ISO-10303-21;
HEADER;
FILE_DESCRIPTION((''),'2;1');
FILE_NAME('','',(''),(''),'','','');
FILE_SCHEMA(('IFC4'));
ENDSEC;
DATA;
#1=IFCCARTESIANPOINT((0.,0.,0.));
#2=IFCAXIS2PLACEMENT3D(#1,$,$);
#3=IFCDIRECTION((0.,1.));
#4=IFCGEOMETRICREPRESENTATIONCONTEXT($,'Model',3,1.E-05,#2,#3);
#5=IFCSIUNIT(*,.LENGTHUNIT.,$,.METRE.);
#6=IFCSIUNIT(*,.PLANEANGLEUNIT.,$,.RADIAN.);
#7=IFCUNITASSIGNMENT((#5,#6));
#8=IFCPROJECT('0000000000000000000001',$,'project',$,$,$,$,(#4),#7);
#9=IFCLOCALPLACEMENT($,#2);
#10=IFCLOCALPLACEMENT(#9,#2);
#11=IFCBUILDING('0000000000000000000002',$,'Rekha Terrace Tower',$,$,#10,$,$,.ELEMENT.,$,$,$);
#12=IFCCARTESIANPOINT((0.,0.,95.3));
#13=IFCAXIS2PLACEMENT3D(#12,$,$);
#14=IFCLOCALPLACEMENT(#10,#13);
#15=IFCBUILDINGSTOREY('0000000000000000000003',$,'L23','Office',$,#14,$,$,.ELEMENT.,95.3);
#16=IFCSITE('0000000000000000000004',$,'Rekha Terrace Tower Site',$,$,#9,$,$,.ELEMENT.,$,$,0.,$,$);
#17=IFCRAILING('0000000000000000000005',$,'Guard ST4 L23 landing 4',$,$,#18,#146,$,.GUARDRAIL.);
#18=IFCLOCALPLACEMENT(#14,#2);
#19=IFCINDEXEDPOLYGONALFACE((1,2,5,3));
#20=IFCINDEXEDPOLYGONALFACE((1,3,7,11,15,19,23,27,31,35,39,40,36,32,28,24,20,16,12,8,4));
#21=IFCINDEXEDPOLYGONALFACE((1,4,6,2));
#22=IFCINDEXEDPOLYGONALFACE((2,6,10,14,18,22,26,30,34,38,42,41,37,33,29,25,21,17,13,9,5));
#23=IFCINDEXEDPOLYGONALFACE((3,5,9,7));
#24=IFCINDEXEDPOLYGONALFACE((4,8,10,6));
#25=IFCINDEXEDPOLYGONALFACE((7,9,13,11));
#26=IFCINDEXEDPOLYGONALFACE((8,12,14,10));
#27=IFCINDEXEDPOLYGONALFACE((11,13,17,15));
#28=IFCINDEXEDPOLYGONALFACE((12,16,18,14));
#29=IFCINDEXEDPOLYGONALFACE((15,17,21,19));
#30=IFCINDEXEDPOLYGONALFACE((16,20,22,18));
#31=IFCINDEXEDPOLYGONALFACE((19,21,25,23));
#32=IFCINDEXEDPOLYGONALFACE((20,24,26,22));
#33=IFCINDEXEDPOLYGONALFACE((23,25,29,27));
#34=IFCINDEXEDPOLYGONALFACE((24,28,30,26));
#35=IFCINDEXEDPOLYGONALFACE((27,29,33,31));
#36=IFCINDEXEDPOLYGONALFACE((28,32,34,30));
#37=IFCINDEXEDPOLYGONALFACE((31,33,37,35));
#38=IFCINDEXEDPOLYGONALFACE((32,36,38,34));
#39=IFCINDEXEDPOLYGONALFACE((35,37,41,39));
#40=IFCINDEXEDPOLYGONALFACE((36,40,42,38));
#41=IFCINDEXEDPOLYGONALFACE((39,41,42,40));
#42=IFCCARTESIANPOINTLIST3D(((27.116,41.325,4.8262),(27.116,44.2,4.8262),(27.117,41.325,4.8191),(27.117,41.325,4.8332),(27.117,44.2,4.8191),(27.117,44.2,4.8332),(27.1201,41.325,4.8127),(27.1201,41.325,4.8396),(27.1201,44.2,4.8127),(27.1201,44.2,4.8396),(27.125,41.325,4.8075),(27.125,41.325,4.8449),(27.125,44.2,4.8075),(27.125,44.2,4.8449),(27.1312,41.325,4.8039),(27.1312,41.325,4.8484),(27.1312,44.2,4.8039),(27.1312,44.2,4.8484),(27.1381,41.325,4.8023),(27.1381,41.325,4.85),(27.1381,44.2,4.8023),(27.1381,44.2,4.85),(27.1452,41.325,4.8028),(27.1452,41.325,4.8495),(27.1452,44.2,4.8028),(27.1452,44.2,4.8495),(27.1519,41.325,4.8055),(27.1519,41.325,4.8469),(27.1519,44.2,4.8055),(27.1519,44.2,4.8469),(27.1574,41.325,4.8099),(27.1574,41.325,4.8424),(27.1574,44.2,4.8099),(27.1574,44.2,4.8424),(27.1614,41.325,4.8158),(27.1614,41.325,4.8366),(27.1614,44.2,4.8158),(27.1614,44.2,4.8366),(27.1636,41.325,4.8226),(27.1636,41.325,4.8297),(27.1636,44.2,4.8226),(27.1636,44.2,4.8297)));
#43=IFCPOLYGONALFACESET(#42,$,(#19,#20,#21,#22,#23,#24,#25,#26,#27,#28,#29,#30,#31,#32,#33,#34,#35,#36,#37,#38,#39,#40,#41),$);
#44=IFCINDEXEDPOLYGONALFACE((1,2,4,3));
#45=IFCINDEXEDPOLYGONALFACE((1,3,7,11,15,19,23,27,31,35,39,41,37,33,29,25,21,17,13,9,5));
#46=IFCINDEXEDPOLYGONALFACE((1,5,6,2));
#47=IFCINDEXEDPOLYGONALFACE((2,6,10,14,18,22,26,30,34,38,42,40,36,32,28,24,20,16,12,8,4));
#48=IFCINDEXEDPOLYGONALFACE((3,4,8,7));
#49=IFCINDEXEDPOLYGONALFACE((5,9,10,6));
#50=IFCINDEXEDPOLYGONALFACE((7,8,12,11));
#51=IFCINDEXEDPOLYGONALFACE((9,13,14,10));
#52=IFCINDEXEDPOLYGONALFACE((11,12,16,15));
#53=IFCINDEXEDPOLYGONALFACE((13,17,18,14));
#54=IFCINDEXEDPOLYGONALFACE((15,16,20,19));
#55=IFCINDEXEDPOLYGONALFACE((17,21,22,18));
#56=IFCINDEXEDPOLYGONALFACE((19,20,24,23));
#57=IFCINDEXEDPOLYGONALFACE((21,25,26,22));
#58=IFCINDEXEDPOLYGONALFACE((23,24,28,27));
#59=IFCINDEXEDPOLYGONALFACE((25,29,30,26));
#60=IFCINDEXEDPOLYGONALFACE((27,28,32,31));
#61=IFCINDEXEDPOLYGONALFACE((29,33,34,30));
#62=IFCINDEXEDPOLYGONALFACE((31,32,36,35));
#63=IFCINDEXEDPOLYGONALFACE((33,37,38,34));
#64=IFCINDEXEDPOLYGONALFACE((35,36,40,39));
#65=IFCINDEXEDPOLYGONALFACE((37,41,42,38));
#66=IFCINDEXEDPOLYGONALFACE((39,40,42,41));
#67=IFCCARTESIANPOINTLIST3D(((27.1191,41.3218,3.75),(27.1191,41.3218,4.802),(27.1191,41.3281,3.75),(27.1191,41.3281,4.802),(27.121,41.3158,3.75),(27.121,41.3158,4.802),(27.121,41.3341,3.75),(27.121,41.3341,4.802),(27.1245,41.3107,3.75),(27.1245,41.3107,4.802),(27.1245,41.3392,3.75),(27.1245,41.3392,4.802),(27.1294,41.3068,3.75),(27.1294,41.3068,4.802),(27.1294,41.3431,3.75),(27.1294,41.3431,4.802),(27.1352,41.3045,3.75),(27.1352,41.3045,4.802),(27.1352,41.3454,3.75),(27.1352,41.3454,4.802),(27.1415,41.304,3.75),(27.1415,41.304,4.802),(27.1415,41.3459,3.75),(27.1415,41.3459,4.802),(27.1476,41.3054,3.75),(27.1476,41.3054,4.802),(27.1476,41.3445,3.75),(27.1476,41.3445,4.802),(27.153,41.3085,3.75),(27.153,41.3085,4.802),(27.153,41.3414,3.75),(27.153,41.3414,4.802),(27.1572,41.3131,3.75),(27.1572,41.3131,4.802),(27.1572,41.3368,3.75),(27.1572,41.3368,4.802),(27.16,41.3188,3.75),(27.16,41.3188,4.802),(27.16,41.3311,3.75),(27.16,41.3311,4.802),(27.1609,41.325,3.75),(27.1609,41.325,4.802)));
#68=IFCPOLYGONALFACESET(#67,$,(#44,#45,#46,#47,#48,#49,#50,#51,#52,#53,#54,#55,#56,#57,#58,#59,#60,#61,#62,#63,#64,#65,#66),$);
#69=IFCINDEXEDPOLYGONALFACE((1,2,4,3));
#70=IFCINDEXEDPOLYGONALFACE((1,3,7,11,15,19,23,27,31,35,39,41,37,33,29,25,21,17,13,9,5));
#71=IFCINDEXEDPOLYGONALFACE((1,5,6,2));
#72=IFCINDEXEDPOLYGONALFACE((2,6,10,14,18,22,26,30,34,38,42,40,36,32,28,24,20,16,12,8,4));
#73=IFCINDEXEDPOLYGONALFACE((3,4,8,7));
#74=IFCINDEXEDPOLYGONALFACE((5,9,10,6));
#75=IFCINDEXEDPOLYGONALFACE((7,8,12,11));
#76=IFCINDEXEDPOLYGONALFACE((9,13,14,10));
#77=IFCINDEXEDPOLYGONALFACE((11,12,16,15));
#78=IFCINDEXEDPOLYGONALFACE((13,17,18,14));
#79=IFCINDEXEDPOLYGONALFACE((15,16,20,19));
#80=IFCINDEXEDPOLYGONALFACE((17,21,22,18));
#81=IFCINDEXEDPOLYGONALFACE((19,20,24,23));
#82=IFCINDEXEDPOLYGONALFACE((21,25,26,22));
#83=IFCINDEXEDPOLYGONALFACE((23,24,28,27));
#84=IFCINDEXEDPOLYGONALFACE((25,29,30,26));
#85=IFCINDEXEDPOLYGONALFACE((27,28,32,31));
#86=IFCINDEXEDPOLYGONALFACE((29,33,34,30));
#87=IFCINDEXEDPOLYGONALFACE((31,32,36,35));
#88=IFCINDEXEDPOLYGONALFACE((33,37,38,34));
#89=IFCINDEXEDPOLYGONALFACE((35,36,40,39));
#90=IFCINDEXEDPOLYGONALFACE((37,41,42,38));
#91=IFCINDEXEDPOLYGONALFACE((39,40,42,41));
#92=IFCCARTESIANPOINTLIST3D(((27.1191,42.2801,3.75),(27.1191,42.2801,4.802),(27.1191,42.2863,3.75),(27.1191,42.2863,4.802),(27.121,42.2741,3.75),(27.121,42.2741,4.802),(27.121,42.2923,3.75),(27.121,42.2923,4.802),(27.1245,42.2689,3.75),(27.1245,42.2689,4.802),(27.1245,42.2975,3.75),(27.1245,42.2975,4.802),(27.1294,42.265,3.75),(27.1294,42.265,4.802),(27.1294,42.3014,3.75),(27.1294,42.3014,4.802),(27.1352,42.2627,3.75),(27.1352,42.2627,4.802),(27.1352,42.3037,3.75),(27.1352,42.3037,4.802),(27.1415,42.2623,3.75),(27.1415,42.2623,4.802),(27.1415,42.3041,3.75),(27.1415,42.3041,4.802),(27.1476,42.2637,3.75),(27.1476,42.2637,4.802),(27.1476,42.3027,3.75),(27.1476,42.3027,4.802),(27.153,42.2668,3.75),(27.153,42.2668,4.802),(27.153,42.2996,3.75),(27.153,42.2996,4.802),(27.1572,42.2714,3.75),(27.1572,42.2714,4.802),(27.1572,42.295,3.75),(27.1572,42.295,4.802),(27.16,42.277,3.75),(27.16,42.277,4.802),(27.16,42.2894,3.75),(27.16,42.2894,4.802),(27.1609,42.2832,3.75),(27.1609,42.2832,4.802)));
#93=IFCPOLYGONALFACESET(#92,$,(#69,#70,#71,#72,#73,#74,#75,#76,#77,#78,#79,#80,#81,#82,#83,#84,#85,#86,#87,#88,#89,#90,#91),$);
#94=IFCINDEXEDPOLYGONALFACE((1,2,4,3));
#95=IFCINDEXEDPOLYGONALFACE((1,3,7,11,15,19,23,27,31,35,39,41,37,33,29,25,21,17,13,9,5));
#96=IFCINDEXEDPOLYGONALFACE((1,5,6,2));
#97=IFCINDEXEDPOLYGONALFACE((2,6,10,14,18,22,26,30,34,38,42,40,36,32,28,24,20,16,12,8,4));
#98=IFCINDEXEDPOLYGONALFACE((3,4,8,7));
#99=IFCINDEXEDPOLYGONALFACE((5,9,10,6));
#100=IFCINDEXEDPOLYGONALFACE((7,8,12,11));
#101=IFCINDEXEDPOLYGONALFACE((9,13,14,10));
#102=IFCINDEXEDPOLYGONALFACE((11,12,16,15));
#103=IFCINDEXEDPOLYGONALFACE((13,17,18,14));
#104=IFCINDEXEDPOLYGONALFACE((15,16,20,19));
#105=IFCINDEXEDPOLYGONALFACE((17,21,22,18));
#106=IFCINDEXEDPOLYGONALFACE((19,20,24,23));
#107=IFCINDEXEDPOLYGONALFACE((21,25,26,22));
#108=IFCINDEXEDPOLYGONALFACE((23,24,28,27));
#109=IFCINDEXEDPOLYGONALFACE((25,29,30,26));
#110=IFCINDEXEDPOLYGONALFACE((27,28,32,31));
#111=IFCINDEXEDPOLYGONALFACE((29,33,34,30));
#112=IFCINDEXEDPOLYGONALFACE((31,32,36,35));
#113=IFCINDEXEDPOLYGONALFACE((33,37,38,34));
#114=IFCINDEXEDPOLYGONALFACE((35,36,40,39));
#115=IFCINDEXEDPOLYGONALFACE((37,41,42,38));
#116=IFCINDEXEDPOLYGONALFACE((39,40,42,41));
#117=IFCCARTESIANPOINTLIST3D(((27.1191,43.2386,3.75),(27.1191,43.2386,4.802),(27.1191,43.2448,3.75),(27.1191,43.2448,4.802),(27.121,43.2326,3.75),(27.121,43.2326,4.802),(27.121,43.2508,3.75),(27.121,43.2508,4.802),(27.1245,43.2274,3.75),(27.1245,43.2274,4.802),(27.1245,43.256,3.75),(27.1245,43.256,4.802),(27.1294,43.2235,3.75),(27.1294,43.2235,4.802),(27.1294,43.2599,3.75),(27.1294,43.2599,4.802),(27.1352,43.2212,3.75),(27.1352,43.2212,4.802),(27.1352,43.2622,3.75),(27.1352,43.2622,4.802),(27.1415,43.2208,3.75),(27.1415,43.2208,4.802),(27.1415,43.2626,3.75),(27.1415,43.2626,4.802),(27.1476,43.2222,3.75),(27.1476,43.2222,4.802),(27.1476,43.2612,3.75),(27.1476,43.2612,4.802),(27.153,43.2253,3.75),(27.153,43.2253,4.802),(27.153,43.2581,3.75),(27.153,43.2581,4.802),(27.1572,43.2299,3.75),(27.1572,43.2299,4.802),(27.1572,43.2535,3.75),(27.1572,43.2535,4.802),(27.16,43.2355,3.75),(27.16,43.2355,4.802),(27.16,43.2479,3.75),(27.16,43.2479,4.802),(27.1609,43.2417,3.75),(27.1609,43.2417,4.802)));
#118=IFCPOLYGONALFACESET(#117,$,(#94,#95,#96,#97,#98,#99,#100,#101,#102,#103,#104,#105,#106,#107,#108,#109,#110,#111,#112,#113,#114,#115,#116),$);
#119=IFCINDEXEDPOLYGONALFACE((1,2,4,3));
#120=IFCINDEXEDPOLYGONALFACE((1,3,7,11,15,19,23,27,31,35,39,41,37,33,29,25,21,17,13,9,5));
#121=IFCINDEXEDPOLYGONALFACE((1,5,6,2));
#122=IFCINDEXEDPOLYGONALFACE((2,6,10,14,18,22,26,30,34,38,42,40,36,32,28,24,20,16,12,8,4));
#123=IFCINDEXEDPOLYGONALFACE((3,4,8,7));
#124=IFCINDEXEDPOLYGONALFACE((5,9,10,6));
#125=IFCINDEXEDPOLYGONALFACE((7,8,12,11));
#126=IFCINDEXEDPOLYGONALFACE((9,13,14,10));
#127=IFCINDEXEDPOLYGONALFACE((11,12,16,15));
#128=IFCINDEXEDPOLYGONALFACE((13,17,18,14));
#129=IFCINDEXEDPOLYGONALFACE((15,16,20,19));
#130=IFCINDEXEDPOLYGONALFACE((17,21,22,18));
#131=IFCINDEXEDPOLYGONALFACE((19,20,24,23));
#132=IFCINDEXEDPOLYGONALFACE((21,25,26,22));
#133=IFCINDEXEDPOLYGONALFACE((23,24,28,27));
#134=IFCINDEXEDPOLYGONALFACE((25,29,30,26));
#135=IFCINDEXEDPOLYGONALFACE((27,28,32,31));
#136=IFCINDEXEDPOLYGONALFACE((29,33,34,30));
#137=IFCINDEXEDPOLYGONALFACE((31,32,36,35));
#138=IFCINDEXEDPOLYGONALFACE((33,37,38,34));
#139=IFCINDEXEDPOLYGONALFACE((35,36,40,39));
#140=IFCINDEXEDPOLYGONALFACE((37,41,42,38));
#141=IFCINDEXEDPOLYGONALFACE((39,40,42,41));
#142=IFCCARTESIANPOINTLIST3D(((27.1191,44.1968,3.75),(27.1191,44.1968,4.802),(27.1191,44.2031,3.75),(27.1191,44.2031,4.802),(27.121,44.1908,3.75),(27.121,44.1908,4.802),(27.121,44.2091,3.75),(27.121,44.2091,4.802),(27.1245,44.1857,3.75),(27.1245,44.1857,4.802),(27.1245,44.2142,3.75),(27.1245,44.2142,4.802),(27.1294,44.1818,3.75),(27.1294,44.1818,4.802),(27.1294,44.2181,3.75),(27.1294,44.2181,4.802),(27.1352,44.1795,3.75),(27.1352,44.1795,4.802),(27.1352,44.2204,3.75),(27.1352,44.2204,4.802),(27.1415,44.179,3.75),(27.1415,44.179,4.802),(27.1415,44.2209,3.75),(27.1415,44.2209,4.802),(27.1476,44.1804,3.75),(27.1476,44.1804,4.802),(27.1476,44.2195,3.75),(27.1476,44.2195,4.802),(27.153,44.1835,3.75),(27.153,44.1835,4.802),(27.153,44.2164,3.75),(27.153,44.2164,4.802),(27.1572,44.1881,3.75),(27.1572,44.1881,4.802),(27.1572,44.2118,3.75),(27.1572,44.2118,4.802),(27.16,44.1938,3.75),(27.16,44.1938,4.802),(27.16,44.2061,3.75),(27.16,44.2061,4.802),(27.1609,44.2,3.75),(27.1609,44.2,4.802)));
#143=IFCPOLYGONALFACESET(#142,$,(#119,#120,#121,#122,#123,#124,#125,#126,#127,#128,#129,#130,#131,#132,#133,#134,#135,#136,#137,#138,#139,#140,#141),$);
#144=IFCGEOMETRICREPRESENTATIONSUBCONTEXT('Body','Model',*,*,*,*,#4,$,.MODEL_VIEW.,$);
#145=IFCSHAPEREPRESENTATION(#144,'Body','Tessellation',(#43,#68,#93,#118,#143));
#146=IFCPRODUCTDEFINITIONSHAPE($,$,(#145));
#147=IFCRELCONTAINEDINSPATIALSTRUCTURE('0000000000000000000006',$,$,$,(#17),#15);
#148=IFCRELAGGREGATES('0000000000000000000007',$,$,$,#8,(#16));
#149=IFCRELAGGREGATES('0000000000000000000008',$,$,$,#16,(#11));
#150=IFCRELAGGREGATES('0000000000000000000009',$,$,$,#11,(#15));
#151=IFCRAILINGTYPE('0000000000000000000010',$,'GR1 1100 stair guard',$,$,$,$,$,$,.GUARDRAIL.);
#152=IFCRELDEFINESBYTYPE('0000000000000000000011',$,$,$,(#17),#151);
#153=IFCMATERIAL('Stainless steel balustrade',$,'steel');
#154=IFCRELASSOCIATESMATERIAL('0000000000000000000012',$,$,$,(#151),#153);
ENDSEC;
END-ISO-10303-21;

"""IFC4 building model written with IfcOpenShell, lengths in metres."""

from ifc_helpers import new_model, si_unit, direction, frame, origin, origin_2d, place, context, subcontext, project, spatial, circle, extrude, material, type_object, element, save


model = new_model("IFC4")

# Units and contexts
model_context = context("Model", 3, precision=1e-05, world=origin(), true_north=direction((0.0, 1.0)))
body_context = subcontext(model_context, "Body", "Model", "MODEL_VIEW")
ifc_project = project(units=[si_unit("LENGTHUNIT", "METRE"), si_unit("PLANEANGLEUNIT", "RADIAN")], contexts=[model_context])

# Site, building, storey
site_placement = place(None, origin())
site = spatial("IfcSite", under=ifc_project, at=site_placement, Name="Rekha Terrace Tower Site", CompositionType="ELEMENT", RefElevation=0.0)
building_placement = place(site_placement, origin())
building = spatial("IfcBuilding", under=site, at=building_placement, Name="Rekha Terrace Tower", CompositionType="ELEMENT")
storey_placement = place(building_placement, frame((0.0, 0.0, 95.3)))
storey = spatial("IfcBuildingStorey", under=building, at=storey_placement, Name="L23", Description="Office", CompositionType="ELEMENT", Elevation=95.3)

# Railing
ifc_material_1 = material(Name="Stainless steel balustrade", Category="steel")
railing_type_1 = type_object("IfcRailingType", Name="GR1 1100 stair guard", PredefinedType="GUARDRAIL", material=ifc_material_1)
railing_1_placement = place(storey_placement, frame((27.1399, 41.325, 3.75)))
element("IfcRailing", 1, at=railing_1_placement, inside=storey, type_object=railing_type_1, Name="Guard ST4 L23 landing 4", PredefinedType="GUARDRAIL", context=body_context, shape_type="SweptSolid", body=[
    extrude(circle(Radius=0.0239, at=origin_2d()), frame((0.0, 0.0, 1.0762), z_axis=(0.0, 1.0, 0.0), x_axis=(-1.0, 0.0, 0.0)), (0.0, 0.0, 1.0), 2.875),
    extrude(circle(Radius=0.021, at=origin_2d()), origin(), (0.0, 0.0, 1.0), 1.052),
    extrude(circle(Radius=0.021, at=origin_2d()), frame((0.0, 0.9583, 0.0)), (0.0, 0.0, 1.0), 1.052),
    extrude(circle(Radius=0.021, at=origin_2d()), frame((0.0, 1.9167, 0.0)), (0.0, 0.0, 1.0), 1.052),
    extrude(circle(Radius=0.021, at=origin_2d()), frame((0.0, 2.875, 0.0)), (0.0, 0.0, 1.0), 1.052),
])

save(model, "model.ifc")
